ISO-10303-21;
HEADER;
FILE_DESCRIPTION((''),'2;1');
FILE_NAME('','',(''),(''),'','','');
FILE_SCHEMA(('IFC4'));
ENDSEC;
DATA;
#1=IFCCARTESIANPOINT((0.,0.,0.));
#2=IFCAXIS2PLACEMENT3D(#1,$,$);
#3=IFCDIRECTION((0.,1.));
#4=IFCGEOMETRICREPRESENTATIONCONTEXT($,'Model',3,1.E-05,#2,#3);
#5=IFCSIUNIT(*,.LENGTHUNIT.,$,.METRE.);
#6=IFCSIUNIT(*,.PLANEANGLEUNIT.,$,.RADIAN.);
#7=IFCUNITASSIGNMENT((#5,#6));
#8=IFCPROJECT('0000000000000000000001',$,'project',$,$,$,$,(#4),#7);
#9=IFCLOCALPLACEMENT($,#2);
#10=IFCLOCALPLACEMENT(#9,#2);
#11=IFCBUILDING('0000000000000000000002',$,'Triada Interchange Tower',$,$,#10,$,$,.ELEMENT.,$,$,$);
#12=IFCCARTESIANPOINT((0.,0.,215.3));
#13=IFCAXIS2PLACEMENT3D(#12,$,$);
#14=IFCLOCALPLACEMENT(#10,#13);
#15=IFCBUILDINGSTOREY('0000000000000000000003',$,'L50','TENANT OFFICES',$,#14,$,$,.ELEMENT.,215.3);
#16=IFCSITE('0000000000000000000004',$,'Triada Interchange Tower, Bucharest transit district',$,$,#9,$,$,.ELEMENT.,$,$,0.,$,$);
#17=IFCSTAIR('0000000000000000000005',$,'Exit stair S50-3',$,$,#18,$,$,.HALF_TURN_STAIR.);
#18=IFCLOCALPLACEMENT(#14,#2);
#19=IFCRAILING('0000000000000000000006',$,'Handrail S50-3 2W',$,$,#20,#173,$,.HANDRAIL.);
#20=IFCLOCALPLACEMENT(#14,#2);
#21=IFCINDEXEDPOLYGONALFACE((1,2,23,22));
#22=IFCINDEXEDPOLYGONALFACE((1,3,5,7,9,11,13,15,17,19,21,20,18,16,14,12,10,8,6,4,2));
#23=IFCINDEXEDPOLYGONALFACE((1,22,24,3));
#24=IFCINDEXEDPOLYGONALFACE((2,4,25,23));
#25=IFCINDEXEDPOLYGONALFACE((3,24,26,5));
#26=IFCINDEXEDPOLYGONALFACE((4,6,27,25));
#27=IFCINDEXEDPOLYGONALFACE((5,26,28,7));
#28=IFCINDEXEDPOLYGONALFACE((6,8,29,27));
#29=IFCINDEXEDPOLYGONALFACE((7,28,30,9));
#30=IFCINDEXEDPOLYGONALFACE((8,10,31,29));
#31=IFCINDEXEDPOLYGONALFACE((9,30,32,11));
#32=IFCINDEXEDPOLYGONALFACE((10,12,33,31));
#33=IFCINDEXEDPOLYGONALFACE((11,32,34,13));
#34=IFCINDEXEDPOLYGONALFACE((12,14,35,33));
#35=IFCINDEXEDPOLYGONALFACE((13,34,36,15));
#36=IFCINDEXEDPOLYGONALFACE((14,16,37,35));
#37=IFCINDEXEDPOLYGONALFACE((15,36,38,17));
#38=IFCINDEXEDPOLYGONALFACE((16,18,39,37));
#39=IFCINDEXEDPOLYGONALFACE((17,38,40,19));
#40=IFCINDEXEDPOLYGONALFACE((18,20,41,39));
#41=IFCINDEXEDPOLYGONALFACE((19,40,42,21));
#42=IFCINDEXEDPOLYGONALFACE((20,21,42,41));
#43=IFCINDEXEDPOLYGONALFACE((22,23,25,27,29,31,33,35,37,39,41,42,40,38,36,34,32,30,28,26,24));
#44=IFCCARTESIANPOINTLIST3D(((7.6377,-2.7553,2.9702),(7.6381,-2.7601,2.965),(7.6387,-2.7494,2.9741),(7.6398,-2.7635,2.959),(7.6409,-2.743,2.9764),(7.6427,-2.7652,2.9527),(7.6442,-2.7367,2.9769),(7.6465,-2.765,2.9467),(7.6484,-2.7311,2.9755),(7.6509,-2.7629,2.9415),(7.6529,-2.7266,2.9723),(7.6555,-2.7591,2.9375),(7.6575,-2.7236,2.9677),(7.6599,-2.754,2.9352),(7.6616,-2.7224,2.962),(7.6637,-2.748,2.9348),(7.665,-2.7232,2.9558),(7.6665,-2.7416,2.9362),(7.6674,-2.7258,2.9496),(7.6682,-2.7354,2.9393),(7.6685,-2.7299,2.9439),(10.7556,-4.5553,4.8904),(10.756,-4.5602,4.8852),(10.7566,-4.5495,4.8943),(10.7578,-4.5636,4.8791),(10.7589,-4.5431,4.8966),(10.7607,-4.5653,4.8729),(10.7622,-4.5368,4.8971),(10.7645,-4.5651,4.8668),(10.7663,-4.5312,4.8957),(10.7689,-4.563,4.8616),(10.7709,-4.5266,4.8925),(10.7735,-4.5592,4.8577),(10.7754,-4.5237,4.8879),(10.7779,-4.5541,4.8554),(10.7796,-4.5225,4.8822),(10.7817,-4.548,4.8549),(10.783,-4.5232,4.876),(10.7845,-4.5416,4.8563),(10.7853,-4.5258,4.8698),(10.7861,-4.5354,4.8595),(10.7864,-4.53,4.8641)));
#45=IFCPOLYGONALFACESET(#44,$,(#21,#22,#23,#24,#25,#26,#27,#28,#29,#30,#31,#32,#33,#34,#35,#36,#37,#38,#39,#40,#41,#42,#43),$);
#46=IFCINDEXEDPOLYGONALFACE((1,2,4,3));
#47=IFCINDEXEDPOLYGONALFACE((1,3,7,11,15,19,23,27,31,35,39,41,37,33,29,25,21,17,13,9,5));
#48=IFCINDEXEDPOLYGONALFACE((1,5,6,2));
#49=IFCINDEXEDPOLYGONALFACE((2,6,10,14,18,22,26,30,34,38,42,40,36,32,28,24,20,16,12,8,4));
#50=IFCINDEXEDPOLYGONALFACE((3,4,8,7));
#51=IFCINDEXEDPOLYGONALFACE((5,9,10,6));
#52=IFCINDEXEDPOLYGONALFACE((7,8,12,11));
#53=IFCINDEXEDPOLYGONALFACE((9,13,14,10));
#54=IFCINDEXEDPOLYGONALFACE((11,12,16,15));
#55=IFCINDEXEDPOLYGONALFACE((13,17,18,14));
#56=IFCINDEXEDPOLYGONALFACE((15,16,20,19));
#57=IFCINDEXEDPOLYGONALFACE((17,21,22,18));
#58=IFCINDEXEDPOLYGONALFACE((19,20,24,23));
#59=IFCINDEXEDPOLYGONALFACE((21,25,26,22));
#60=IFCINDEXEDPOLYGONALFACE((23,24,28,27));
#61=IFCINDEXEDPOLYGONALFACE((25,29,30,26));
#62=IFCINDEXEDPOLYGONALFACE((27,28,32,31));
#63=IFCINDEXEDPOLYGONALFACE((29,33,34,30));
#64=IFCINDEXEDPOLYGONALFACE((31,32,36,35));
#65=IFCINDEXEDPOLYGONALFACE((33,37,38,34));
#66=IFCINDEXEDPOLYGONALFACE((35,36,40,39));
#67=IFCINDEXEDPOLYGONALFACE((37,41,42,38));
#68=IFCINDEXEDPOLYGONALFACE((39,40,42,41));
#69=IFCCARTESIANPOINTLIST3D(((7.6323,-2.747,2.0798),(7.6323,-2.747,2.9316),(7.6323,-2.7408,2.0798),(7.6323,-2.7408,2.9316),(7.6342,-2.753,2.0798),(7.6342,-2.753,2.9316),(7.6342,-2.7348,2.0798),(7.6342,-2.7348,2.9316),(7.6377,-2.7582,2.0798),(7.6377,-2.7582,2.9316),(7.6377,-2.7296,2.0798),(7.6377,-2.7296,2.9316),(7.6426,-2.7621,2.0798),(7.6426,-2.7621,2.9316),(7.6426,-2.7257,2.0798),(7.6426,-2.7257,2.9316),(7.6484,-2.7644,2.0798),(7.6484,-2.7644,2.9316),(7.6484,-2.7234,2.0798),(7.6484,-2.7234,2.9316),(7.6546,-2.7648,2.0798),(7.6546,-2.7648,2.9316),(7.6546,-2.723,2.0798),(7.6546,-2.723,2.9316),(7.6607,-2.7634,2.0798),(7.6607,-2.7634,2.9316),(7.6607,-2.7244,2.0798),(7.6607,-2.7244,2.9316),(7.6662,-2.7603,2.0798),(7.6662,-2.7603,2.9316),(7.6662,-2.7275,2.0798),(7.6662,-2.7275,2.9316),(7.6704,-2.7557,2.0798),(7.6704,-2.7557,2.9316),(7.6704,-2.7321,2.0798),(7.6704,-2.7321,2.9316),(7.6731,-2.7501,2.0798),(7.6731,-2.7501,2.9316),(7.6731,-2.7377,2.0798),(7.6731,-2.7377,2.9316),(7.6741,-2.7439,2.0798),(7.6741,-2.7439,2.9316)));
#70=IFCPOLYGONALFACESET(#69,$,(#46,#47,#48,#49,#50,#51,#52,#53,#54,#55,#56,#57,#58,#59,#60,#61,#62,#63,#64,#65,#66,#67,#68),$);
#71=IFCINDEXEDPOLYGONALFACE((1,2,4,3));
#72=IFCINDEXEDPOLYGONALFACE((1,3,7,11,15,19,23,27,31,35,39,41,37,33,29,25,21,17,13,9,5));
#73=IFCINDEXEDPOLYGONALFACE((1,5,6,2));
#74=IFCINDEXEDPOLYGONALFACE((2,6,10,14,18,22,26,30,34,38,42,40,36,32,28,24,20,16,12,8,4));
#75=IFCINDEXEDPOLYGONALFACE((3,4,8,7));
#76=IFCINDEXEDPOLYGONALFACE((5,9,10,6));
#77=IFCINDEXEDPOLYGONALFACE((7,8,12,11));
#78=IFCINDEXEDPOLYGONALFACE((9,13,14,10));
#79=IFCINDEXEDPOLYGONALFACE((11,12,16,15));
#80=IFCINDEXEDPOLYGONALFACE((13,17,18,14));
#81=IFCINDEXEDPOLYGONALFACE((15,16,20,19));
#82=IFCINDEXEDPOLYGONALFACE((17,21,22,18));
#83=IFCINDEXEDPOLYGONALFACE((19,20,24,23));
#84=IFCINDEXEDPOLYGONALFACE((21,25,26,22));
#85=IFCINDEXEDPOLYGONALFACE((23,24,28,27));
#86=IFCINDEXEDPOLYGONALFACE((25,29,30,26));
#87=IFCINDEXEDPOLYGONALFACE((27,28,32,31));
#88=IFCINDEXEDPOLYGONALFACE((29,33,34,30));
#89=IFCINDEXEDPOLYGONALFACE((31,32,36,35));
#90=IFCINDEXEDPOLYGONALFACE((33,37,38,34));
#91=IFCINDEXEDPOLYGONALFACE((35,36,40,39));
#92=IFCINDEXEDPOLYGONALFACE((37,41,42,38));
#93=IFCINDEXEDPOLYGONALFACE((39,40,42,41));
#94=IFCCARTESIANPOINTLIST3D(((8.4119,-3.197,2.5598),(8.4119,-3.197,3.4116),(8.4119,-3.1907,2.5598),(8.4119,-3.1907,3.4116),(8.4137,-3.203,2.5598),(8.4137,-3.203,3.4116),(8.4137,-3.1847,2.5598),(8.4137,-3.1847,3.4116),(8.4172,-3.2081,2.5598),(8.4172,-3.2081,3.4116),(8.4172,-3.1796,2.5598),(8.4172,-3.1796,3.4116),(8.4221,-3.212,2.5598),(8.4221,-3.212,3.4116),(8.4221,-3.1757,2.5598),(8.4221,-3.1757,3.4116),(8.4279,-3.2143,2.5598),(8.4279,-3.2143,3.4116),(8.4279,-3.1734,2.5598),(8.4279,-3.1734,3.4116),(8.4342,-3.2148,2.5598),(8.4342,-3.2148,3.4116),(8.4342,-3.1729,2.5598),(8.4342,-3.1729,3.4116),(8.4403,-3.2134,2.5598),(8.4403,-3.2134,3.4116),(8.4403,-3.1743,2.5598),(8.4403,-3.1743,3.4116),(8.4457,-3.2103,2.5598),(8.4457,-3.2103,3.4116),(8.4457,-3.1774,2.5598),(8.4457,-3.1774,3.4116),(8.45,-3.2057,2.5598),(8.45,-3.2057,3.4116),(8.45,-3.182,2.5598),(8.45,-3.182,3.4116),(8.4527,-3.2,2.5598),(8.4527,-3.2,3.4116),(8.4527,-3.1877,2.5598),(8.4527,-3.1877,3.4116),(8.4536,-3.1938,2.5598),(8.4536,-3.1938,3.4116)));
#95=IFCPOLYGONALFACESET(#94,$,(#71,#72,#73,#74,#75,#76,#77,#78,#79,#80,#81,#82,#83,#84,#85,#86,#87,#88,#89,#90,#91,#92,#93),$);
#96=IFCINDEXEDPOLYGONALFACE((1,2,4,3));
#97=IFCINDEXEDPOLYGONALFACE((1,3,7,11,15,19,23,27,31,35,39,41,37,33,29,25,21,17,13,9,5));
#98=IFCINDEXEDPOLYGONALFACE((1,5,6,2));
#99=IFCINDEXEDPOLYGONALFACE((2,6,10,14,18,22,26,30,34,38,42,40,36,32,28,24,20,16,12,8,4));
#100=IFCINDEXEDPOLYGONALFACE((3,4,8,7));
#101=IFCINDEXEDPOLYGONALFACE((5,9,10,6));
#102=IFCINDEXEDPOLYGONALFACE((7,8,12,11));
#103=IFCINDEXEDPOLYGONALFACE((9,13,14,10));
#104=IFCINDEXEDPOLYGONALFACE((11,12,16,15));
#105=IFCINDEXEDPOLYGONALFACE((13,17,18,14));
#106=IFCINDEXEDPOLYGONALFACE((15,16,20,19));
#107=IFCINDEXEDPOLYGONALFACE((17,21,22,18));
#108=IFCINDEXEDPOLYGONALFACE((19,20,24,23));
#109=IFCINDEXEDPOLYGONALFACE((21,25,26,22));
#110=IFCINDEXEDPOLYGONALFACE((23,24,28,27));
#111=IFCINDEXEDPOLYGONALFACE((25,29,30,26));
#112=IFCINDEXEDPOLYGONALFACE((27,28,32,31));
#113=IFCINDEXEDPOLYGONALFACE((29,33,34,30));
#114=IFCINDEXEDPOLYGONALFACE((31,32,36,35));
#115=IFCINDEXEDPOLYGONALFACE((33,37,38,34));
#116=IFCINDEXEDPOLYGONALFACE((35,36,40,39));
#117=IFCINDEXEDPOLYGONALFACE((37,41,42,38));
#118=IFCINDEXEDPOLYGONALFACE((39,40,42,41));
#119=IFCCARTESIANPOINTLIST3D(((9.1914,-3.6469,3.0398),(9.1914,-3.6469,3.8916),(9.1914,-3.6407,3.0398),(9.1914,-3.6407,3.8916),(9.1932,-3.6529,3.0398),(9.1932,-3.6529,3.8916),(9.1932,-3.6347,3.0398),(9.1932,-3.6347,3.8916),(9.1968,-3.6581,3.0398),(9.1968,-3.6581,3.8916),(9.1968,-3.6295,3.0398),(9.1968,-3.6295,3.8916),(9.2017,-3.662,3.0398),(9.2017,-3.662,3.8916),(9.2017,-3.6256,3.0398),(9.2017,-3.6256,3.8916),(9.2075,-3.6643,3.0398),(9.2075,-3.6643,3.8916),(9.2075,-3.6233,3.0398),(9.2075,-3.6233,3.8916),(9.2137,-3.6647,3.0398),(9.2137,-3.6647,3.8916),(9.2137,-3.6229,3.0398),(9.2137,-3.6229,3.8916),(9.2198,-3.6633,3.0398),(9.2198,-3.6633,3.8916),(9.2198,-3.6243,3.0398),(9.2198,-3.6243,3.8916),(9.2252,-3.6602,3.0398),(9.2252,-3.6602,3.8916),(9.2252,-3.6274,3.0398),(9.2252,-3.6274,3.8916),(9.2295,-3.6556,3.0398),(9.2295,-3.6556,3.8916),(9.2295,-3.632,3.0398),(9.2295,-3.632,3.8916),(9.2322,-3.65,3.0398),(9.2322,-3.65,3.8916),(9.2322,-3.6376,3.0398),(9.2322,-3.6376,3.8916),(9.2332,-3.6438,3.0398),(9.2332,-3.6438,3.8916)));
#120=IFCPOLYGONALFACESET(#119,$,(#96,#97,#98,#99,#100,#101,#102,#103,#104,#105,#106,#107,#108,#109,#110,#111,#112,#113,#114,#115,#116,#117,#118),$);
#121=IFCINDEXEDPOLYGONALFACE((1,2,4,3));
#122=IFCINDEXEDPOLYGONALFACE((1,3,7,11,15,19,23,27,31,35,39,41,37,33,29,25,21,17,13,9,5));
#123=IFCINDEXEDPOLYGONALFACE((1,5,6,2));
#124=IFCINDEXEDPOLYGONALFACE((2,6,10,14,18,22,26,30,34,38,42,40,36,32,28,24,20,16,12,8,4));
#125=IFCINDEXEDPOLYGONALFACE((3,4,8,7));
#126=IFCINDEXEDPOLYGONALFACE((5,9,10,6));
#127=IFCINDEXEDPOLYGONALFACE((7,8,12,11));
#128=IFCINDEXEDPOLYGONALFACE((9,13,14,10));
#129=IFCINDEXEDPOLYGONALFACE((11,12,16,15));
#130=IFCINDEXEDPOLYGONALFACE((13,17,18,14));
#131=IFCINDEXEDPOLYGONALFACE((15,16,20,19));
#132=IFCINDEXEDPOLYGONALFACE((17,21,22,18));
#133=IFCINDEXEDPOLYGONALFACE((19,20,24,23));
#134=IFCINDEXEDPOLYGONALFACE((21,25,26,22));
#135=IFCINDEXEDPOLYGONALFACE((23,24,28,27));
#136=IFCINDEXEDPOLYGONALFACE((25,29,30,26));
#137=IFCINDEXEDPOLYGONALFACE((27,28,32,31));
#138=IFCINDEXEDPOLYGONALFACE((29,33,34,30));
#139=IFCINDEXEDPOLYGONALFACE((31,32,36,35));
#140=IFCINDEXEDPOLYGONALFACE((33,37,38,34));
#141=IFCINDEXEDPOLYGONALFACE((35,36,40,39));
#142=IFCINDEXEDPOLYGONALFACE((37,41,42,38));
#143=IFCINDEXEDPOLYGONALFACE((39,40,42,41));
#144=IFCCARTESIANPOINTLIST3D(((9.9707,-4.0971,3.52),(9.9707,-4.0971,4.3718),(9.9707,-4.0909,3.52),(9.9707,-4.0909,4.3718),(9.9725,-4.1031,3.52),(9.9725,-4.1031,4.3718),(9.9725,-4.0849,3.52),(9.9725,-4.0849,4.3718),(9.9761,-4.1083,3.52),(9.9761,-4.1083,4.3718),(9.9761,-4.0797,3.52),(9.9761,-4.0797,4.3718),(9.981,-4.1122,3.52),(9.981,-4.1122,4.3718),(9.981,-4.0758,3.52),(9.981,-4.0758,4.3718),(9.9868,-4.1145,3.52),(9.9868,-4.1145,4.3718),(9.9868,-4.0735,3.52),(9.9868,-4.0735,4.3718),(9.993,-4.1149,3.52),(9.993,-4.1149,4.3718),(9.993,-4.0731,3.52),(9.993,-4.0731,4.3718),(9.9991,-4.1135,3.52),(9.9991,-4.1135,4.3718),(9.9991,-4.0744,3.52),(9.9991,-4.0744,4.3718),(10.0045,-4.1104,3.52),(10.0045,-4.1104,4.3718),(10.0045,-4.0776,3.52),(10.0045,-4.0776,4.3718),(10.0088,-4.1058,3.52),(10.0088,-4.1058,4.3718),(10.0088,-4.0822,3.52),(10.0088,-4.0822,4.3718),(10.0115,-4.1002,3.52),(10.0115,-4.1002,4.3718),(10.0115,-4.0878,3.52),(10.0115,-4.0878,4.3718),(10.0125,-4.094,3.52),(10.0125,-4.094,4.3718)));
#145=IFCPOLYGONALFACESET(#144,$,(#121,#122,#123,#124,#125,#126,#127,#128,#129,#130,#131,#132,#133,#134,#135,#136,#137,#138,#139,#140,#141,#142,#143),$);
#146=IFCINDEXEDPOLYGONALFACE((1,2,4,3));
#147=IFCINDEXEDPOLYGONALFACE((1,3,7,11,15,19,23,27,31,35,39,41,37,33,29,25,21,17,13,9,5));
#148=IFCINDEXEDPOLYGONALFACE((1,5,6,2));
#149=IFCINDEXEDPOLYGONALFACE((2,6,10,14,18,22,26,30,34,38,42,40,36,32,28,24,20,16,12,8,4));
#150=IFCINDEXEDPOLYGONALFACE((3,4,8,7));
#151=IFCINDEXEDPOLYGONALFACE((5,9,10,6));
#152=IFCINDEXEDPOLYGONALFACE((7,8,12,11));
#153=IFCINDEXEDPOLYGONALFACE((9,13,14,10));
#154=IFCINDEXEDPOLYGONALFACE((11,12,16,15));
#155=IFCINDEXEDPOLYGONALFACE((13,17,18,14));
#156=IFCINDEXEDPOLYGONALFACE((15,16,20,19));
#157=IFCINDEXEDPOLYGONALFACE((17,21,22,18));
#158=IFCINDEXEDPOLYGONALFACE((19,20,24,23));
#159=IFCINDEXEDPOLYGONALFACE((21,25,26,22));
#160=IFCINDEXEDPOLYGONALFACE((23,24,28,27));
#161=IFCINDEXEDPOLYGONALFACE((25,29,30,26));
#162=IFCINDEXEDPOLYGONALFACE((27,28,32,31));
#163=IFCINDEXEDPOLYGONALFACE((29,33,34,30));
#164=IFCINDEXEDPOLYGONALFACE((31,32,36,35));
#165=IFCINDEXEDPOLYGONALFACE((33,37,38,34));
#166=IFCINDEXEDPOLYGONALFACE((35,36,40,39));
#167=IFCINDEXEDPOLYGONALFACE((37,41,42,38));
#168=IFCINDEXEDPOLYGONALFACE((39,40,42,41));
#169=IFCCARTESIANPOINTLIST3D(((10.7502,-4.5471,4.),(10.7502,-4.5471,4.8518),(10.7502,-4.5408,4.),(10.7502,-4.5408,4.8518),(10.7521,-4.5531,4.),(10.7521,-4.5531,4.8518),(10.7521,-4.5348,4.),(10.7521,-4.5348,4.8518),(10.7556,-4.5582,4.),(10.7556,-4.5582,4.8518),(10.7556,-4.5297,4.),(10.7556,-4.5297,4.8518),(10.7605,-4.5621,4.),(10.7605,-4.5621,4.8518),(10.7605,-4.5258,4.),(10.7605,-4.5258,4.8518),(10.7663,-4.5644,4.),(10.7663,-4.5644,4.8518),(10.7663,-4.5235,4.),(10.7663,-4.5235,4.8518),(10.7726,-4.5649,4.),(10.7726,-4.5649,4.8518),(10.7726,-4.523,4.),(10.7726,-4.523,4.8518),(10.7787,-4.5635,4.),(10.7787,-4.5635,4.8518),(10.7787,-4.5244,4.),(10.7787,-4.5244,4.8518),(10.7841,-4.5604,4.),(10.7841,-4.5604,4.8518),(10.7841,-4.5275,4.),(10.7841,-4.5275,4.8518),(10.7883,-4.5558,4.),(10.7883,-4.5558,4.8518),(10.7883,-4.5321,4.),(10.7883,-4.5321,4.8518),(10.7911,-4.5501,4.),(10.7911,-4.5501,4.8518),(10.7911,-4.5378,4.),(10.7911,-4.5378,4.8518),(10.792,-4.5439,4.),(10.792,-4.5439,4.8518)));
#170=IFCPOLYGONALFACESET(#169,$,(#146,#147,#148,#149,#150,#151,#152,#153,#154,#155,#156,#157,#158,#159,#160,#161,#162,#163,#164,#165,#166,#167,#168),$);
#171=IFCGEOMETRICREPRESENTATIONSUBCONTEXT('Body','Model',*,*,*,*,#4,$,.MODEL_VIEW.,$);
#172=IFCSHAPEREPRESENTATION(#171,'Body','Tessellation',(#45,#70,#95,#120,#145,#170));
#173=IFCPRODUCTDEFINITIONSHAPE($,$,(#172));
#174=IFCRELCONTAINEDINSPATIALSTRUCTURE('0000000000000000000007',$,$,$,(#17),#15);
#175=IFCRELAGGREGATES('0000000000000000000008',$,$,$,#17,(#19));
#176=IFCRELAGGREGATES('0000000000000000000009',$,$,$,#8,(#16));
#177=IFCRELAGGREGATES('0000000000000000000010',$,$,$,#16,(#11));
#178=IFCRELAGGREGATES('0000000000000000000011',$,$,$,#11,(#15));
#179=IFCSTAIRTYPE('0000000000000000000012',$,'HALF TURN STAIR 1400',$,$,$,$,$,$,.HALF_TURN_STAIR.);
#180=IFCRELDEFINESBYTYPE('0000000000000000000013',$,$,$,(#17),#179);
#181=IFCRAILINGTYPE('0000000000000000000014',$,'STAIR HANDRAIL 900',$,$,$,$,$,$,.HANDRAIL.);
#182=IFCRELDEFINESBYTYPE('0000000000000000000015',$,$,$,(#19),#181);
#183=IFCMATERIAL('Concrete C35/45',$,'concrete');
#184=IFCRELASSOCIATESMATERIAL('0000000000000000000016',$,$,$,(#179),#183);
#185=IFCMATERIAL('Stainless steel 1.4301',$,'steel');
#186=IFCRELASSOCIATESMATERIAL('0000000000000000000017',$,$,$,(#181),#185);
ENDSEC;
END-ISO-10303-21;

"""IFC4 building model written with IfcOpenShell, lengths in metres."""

from ifc_helpers import new_model, si_unit, direction, frame, origin, origin_2d, place, context, subcontext, project, spatial, circle, extrude, material, type_object, element, aggregate, save


model = new_model("IFC4")

# Units and contexts
model_context = context("Model", 3, precision=1e-05, world=origin(), true_north=direction((0.0, 1.0)))
body_context = subcontext(model_context, "Body", "Model", "MODEL_VIEW")
ifc_project = project(units=[si_unit("LENGTHUNIT", "METRE"), si_unit("PLANEANGLEUNIT", "RADIAN")], contexts=[model_context])

# Site, building, storey
site_placement = place(None, origin())
site = spatial("IfcSite", under=ifc_project, at=site_placement, Name="Triada Interchange Tower, Bucharest transit district", CompositionType="ELEMENT", RefElevation=0.0)
building_placement = place(site_placement, origin())
building = spatial("IfcBuilding", under=site, at=building_placement, Name="Triada Interchange Tower", CompositionType="ELEMENT")
storey_placement = place(building_placement, frame((0.0, 0.0, 215.3)))
storey = spatial("IfcBuildingStorey", under=building, at=storey_placement, Name="L50", Description="TENANT OFFICES", CompositionType="ELEMENT", Elevation=215.3)

# Stair, railing
ifc_material_1 = material(Name="Concrete C35/45", Category="concrete")
stair_type = type_object("IfcStairType", Name="HALF TURN STAIR 1400", PredefinedType="HALF_TURN_STAIR", material=ifc_material_1)
stair_placement = place(storey_placement, origin())
stair = element("IfcStair", 1, at=stair_placement, inside=storey, type_object=stair_type, Name="Exit stair S50-3", PredefinedType="HALF_TURN_STAIR")
ifc_material_2 = material(Name="Stainless steel 1.4301", Category="steel")
railing_type = type_object("IfcRailingType", Name="STAIR HANDRAIL 900", PredefinedType="HANDRAIL", material=ifc_material_2)
railing_1_placement = place(storey_placement, frame((7.6531, -2.7439, 2.0798)))
railing_1 = element("IfcRailing", 2, at=railing_1_placement, type_object=railing_type, Name="Handrail S50-3 2W", PredefinedType="HANDRAIL", context=body_context, shape_type="SweptSolid", body=[
    extrude(circle(Radius=0.0239, at=origin_2d()), frame((0.0, 0.0, 0.876), z_axis=(0.764145, -0.441159, 0.470597), x_axis=(0.499983, 0.866035, 0.0)), (0.0, 0.0, 1.0), 4.0803),
    extrude(circle(Radius=0.021, at=origin_2d()), origin(), (0.0, 0.0, 1.0), 0.8518),
    extrude(circle(Radius=0.021, at=origin_2d()), frame((0.7795, -0.45, 0.48)), (0.0, 0.0, 1.0), 0.8518),
    extrude(circle(Radius=0.021, at=origin_2d()), frame((1.5591, -0.8999, 0.96)), (0.0, 0.0, 1.0), 0.8518),
    extrude(circle(Radius=0.021, at=origin_2d()), frame((2.3384, -1.3501, 1.4402)), (0.0, 0.0, 1.0), 0.8518),
    extrude(circle(Radius=0.021, at=origin_2d()), frame((3.1179, -1.8, 1.9202)), (0.0, 0.0, 1.0), 0.8518),
])
aggregate(stair, [railing_1])

save(model, "model.ifc")
